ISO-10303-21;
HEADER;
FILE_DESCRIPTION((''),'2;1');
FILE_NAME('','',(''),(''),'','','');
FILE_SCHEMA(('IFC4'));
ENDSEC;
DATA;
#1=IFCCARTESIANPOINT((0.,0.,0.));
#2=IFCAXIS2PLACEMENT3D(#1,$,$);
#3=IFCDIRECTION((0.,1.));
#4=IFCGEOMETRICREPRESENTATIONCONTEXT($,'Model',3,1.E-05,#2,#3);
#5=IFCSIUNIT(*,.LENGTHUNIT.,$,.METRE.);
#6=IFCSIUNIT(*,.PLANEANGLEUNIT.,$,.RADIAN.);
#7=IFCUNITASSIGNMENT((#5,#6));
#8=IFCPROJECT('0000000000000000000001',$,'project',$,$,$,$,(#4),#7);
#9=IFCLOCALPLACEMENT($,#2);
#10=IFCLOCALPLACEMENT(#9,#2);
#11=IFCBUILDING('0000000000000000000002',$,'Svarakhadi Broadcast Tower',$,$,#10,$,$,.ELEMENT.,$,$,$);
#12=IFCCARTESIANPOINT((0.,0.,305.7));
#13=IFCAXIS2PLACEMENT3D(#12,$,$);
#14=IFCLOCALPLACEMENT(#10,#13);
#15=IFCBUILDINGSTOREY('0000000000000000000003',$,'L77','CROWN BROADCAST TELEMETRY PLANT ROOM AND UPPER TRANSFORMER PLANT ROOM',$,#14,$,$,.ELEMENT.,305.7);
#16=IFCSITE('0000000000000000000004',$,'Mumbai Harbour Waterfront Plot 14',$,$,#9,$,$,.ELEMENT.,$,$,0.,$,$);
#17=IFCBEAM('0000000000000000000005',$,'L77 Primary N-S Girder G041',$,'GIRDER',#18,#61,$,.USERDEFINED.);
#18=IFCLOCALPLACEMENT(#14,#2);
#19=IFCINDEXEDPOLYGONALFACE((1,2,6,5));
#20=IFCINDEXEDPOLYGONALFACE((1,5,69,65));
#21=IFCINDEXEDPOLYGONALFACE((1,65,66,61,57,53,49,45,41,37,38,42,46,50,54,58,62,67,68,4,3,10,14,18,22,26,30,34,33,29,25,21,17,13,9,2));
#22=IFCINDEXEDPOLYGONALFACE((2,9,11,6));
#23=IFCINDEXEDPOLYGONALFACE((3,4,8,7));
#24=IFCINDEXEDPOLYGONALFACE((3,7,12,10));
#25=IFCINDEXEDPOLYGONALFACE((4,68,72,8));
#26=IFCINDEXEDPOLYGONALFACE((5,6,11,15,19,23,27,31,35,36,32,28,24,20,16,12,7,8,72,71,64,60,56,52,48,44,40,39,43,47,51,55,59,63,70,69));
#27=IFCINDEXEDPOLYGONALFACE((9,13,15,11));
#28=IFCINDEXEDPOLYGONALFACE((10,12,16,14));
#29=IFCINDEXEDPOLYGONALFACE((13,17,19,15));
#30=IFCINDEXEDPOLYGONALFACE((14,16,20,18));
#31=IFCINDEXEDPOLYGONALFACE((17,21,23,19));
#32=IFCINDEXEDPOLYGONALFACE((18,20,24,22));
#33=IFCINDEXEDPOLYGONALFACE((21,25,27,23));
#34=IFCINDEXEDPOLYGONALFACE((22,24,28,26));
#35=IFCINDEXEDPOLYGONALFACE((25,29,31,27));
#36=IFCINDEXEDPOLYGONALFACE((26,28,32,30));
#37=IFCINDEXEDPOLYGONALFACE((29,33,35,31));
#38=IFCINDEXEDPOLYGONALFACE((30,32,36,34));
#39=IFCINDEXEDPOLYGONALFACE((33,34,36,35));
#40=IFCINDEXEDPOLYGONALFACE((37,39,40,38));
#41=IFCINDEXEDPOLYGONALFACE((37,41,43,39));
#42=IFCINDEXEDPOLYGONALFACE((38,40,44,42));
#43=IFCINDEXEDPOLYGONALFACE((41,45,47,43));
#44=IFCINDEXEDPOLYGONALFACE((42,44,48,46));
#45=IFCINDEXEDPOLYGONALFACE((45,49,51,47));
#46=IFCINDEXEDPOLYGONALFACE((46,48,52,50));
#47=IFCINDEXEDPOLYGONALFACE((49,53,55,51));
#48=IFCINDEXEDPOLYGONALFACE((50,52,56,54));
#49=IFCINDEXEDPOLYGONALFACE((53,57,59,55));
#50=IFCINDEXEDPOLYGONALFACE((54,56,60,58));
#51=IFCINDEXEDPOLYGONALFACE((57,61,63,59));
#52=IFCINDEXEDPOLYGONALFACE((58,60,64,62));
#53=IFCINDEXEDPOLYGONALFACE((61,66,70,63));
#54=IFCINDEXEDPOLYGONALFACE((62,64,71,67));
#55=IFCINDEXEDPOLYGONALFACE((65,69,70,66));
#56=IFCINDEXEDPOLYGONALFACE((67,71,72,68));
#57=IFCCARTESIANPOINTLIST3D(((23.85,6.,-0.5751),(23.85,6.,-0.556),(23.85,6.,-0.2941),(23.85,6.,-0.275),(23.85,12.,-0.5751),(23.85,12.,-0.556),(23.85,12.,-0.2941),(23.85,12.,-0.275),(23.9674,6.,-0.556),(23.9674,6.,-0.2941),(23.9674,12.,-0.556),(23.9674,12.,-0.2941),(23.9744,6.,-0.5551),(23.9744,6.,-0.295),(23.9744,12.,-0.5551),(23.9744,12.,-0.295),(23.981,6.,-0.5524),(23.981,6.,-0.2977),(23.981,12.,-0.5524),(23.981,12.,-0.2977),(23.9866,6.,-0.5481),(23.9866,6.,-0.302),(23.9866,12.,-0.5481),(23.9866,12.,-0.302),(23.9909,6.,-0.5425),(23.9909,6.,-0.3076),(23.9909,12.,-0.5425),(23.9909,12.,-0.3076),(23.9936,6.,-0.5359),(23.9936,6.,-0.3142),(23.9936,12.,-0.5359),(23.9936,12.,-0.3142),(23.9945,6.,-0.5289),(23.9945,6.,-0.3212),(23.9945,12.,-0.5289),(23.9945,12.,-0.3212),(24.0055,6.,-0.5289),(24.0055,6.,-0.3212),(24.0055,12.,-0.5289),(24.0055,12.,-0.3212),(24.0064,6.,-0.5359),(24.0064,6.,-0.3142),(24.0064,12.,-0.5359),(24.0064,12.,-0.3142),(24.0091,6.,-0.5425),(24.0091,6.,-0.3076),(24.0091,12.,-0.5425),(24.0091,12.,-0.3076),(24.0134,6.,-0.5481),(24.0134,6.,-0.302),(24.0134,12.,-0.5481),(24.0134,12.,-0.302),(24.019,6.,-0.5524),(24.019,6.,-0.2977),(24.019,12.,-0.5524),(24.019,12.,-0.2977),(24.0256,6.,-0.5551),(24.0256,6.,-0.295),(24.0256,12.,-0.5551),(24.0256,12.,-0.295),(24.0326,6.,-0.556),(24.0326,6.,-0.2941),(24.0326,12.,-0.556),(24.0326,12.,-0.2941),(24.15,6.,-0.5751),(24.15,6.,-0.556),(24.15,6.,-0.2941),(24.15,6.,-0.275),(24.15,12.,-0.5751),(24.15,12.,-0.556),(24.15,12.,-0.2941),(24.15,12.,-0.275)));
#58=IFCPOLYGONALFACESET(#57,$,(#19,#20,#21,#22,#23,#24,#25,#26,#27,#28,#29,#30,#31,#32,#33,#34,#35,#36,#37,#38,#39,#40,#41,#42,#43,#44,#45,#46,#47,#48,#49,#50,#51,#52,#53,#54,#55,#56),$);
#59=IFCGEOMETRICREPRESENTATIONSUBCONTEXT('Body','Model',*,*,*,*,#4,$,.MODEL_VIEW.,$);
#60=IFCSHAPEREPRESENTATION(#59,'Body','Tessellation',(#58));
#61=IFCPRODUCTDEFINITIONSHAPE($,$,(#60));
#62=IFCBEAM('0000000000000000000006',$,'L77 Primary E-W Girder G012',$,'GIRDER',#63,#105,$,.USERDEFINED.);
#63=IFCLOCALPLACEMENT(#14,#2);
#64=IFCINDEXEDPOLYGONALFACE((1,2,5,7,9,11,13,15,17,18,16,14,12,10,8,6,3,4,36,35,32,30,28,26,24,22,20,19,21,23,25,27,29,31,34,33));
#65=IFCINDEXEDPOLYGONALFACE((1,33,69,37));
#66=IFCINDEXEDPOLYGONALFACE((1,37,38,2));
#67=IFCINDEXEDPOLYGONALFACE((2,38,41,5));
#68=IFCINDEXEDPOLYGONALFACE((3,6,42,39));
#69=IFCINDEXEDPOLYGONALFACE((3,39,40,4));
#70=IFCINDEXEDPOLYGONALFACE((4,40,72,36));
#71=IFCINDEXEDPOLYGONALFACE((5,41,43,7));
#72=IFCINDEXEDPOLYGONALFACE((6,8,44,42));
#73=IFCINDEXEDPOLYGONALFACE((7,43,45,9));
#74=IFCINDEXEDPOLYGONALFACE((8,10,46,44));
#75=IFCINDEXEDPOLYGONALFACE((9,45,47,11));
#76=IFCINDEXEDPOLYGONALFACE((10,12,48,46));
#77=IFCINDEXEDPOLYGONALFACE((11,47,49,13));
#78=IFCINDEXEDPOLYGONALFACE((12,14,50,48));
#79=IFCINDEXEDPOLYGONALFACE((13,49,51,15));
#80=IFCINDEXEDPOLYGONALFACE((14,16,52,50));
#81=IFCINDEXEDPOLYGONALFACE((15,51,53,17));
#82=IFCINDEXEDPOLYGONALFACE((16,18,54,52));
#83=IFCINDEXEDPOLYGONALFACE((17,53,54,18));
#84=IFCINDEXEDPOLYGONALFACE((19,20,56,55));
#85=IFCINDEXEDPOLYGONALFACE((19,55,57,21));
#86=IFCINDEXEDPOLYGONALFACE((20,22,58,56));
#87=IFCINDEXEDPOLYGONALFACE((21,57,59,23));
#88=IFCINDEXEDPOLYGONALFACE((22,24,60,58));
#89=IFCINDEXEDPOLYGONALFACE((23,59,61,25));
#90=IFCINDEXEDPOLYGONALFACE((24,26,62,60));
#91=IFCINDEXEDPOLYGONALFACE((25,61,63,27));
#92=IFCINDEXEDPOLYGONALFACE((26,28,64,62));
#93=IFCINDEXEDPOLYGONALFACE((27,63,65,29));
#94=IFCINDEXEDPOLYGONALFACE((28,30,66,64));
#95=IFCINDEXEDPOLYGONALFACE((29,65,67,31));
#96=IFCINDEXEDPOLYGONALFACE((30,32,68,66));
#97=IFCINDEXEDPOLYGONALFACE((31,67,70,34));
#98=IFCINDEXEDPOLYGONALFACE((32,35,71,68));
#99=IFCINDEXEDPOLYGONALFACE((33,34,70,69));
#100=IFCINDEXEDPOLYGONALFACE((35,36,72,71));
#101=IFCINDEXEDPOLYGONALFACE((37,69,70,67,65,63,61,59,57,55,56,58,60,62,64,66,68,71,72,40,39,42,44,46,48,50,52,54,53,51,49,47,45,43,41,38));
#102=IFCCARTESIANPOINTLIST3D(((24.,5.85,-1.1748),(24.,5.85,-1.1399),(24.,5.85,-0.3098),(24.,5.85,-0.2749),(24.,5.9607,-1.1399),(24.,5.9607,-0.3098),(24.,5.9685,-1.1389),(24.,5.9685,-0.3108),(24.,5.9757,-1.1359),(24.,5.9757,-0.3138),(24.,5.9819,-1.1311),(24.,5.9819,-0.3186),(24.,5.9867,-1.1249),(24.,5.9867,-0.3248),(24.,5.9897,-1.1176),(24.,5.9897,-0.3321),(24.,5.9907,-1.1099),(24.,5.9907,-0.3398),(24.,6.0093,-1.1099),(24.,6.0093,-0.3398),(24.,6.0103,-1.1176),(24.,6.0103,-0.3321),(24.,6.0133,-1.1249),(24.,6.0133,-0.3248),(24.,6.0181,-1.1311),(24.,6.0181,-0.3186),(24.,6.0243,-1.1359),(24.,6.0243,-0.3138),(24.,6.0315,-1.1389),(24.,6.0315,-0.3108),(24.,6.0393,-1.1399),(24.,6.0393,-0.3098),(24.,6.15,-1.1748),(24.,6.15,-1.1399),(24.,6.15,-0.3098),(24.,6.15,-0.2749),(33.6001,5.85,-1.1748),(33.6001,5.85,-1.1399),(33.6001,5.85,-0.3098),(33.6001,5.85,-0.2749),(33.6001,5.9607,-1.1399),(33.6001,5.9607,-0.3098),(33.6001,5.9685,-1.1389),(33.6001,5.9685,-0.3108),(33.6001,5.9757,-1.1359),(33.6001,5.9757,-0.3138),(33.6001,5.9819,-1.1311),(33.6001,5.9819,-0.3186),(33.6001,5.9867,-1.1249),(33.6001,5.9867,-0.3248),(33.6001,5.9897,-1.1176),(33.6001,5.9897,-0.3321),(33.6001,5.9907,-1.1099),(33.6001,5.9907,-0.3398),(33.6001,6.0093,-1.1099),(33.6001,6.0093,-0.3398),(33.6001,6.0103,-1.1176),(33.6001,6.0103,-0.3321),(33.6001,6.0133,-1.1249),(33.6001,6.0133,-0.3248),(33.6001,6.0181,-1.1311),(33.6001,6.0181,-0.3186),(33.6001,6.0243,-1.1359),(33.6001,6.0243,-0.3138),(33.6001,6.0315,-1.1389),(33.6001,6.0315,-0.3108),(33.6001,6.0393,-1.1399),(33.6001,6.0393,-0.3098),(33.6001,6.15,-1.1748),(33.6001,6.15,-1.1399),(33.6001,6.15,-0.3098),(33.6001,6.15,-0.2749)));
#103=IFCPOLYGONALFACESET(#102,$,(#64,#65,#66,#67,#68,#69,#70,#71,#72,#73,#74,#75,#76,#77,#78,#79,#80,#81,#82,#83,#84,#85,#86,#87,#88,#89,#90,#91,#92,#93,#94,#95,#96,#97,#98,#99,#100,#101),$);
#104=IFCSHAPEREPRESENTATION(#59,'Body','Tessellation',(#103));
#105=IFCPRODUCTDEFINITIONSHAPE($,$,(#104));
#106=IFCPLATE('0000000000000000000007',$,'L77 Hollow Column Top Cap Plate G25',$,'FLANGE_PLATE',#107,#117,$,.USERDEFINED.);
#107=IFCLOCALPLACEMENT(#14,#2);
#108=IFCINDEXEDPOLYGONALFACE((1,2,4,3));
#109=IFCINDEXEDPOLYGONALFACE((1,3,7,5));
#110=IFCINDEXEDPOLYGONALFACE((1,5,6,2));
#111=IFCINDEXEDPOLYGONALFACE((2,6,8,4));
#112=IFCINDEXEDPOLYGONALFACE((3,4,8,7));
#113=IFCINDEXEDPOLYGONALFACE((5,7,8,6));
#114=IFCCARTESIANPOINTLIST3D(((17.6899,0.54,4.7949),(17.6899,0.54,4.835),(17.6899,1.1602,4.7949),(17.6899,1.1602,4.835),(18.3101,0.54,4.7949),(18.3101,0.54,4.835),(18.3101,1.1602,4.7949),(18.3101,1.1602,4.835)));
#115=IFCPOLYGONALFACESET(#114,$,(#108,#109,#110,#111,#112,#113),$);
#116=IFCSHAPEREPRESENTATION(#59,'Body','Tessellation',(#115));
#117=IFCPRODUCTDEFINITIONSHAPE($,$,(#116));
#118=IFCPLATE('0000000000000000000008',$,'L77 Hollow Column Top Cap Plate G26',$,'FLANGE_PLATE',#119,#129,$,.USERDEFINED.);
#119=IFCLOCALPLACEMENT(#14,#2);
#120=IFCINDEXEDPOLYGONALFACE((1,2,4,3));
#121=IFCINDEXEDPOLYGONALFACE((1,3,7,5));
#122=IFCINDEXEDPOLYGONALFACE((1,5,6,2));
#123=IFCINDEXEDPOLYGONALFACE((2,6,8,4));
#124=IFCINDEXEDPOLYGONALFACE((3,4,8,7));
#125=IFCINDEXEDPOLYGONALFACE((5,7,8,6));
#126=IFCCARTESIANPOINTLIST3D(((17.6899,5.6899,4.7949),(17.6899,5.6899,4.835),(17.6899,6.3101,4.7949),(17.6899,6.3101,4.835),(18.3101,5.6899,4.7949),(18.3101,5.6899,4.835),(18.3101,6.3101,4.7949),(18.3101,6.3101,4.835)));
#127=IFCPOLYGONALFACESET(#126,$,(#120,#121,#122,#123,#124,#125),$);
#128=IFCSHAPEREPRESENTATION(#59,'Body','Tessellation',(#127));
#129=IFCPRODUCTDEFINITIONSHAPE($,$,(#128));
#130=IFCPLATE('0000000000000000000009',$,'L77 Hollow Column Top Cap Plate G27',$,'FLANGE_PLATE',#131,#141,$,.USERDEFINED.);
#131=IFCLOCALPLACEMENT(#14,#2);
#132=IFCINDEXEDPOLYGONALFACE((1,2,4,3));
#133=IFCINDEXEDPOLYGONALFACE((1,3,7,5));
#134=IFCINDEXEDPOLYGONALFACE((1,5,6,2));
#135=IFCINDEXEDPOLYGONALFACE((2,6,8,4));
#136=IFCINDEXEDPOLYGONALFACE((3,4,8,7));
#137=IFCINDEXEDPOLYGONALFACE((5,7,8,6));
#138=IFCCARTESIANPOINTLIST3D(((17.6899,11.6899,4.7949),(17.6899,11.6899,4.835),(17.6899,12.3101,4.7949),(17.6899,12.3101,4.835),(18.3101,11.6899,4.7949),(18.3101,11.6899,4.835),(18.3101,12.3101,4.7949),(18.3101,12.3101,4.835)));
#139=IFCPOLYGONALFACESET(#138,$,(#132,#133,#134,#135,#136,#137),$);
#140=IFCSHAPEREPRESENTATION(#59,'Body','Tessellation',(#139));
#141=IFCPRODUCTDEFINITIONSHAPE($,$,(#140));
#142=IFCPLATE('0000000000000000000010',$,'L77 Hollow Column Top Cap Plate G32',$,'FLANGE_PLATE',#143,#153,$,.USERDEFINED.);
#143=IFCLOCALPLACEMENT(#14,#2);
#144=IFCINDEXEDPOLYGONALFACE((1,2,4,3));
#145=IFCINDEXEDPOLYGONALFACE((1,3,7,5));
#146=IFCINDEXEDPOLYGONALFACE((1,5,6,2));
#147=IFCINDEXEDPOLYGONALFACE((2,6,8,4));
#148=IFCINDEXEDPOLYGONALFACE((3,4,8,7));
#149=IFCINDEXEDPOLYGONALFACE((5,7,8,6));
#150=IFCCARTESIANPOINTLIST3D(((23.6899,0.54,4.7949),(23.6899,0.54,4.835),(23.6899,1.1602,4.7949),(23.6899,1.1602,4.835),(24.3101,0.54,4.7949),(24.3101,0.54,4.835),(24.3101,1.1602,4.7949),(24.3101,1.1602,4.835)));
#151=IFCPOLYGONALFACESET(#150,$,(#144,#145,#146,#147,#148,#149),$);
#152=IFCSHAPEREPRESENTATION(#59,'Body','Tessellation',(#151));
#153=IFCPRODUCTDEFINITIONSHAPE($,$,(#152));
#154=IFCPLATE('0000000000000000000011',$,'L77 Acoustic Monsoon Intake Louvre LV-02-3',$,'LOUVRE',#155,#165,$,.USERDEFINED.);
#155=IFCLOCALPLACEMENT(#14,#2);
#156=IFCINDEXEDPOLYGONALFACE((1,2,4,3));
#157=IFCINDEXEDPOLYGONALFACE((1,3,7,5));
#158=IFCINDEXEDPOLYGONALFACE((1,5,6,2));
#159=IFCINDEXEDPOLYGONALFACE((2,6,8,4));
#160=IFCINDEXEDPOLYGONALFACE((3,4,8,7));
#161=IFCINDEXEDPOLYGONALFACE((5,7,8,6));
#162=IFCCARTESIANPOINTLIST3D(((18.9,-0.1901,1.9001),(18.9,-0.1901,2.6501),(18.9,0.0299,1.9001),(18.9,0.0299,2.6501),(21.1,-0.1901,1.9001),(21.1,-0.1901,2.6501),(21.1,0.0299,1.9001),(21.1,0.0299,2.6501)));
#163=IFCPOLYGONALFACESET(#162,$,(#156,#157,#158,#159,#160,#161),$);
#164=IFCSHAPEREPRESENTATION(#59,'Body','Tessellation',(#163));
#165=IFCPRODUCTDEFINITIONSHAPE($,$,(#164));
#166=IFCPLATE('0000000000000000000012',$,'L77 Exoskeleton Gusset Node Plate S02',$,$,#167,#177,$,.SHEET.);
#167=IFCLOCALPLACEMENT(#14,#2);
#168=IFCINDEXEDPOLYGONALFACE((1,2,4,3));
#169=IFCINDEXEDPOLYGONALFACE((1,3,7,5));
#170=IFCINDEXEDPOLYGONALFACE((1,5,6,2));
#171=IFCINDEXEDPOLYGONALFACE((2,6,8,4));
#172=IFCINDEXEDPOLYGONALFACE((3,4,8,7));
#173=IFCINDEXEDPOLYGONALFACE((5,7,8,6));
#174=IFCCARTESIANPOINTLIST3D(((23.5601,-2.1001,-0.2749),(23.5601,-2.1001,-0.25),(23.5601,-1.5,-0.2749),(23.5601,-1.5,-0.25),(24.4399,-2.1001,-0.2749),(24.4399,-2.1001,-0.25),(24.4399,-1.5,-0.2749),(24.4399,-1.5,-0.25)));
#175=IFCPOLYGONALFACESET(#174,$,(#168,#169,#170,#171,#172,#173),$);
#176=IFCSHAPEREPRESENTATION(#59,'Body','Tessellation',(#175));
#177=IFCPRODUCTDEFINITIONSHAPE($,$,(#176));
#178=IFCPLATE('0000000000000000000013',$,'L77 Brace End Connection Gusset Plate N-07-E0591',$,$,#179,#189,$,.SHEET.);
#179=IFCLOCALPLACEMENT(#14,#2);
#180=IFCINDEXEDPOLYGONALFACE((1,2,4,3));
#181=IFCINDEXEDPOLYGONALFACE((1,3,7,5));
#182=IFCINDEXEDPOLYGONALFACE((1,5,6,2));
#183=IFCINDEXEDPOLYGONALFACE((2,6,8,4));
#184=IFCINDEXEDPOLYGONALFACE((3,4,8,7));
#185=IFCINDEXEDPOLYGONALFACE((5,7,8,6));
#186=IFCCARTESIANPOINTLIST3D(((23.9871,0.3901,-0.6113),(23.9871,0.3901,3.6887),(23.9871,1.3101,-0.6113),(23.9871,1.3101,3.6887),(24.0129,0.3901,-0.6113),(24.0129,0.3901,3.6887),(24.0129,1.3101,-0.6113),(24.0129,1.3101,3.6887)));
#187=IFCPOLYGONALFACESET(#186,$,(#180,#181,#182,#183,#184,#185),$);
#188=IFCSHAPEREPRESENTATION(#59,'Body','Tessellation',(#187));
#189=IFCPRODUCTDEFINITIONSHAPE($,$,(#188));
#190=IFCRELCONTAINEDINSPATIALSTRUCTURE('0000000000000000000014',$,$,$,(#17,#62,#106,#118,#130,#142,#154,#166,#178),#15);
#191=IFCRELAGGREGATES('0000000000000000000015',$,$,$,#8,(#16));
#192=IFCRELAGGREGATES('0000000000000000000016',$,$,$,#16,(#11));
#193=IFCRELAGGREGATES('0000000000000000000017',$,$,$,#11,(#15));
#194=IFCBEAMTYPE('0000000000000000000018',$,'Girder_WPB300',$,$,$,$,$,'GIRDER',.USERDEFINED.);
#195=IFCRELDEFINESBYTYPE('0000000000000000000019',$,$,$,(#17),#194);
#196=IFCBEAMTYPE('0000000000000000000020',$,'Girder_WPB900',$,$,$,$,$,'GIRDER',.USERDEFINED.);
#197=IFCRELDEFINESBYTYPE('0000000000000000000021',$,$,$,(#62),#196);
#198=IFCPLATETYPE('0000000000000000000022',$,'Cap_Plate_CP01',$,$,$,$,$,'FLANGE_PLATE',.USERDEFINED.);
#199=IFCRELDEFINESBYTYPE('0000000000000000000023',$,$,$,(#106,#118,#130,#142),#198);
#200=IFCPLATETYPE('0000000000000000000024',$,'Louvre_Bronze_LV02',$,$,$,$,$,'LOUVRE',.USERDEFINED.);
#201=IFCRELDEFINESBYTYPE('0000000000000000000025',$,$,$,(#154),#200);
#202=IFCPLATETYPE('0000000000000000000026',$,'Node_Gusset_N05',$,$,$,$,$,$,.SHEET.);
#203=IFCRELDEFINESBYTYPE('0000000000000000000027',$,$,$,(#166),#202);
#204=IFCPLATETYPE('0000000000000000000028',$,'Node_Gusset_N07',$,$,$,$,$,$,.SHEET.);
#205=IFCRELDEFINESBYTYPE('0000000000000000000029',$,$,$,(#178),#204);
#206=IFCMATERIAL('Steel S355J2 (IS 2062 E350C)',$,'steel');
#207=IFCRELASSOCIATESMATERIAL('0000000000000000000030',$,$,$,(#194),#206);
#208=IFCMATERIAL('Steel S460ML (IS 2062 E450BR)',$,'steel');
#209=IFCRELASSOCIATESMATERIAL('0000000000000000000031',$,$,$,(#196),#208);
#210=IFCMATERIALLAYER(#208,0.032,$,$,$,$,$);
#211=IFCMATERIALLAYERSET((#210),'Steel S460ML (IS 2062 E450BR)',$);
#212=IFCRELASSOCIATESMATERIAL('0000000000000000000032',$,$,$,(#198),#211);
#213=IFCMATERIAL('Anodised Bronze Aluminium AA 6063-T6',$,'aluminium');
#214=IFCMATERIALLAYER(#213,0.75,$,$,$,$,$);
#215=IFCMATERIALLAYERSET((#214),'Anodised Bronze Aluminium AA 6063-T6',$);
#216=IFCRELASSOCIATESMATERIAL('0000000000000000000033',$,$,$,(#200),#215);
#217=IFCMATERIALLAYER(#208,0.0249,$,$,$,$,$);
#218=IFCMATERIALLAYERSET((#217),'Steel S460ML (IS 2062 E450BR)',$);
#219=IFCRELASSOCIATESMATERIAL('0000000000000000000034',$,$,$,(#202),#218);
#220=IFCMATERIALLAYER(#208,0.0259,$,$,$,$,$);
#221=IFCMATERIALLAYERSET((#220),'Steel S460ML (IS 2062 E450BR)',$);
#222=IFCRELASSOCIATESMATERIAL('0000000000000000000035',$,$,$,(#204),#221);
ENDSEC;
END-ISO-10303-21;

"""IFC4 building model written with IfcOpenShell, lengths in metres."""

from ifc_helpers import new_model, si_unit, direction, frame, origin, origin_2d, place, context, subcontext, project, spatial, rectangle, i_section, extrude, material, layer, layer_set, material_profile, profile_set, type_object, element, save


model = new_model("IFC4")

# Units and contexts
model_context = context("Model", 3, precision=1e-05, world=origin(), true_north=direction((0.0, 1.0)))
body_context = subcontext(model_context, "Body", "Model", "MODEL_VIEW")
ifc_project = project(units=[si_unit("LENGTHUNIT", "METRE"), si_unit("PLANEANGLEUNIT", "RADIAN")], contexts=[model_context])

# Site, building, storey
site_placement = place(None, origin())
site = spatial("IfcSite", under=ifc_project, at=site_placement, Name="Mumbai Harbour Waterfront Plot 14", CompositionType="ELEMENT", RefElevation=0.0)
building_placement = place(site_placement, origin())
building = spatial("IfcBuilding", under=site, at=building_placement, Name="Svarakhadi Broadcast Tower", CompositionType="ELEMENT")
storey_placement = place(building_placement, frame((0.0, 0.0, 305.7)))
storey = spatial("IfcBuildingStorey", under=building, at=storey_placement, Name="L77", Description="CROWN BROADCAST TELEMETRY PLANT ROOM AND UPPER TRANSFORMER PLANT ROOM", CompositionType="ELEMENT", Elevation=305.7)

# Shared definitions
ifc_material_1 = material(Name="Steel S460ML (IS 2062 E450BR)", Category="steel")

# Shared definitions
ifc_material_2 = material(Name="Steel S355J2 (IS 2062 E350C)", Category="steel")

# Beams
ifc_material_profile_1 = material_profile(ifc_material_2, i_section(OverallWidth=0.3, OverallDepth=0.3, WebThickness=0.011, FlangeThickness=0.019, FilletRadius=0.0271, at=origin_2d()), Name="WPB 300x300x117")
ifc_profile_set_1 = profile_set([ifc_material_profile_1], Name="Steel S355J2 (IS 2062 E350C)")
beam_type_1 = type_object("IfcBeamType", Name="Girder_WPB300", ElementType="GIRDER", PredefinedType="USERDEFINED", material=ifc_profile_set_1)
beam_1_placement = place(storey_placement, frame((24.0, 6.0, -0.425), z_axis=(0.0, 1.0, 0.0), x_axis=(-1.0, 0.0, 0.0)))
element("IfcBeam", 1, at=beam_1_placement, inside=storey, type_object=beam_type_1, Name="L77 Primary N-S Girder G041", ObjectType="GIRDER", PredefinedType="USERDEFINED", context=body_context, shape_type="SweptSolid", body=[
    extrude(i_section(OverallWidth=0.3, OverallDepth=0.3, WebThickness=0.011, FlangeThickness=0.019, FilletRadius=0.0271, at=origin_2d()), origin(), (0.0, 0.0, 1.0), 6.0),
])
ifc_material_profile_2 = material_profile(ifc_material_1, i_section(OverallWidth=0.3, OverallDepth=0.8999, WebThickness=0.0186, FlangeThickness=0.0349, FilletRadius=0.03, at=origin_2d()), Name="WPB 900x300x291")
ifc_profile_set_2 = profile_set([ifc_material_profile_2], Name="Steel S460ML (IS 2062 E450BR)")
beam_type_2 = type_object("IfcBeamType", Name="Girder_WPB900", ElementType="GIRDER", PredefinedType="USERDEFINED", material=ifc_profile_set_2)
beam_2_placement = place(storey_placement, frame((24.0, 6.0, -0.7249), z_axis=(1.0, 0.0, 0.0), x_axis=(0.0, 1.0, 0.0)))
element("IfcBeam", 2, at=beam_2_placement, inside=storey, type_object=beam_type_2, Name="L77 Primary E-W Girder G012", ObjectType="GIRDER", PredefinedType="USERDEFINED", context=body_context, shape_type="SweptSolid", body=[
    extrude(i_section(OverallWidth=0.3, OverallDepth=0.8999, WebThickness=0.0186, FlangeThickness=0.0349, FilletRadius=0.03, at=origin_2d()), origin(), (0.0, 0.0, 1.0), 9.6001),
])

# Plates
ifc_layer_1 = layer(ifc_material_1, 0.032)
ifc_layer_set_1 = layer_set([ifc_layer_1], Name="Steel S460ML (IS 2062 E450BR)")
plate_type_1 = type_object("IfcPlateType", Name="Cap_Plate_CP01", ElementType="FLANGE_PLATE", PredefinedType="USERDEFINED", material=ifc_layer_set_1)
for number, where, z_axis, x_axis, name in (
    (3, (18.0, 0.8501, 4.7949), (0.0, 0.0, 1.0), (1.0, 0.0, 0.0), "L77 Hollow Column Top Cap Plate G25"),
    (4, (18.0, 6.0, 4.7949), (0.0, 0.0, 1.0), (1.0, 0.0, 0.0), "L77 Hollow Column Top Cap Plate G26"),
    (5, (18.0, 12.0, 4.7949), (0.0, 0.0, 1.0), (1.0, 0.0, 0.0), "L77 Hollow Column Top Cap Plate G27"),
    (6, (24.0, 0.8501, 4.7949), (0.0, 0.0, 1.0), (1.0, 0.0, 0.0), "L77 Hollow Column Top Cap Plate G32"),
):
    element("IfcPlate", number, at=place(storey_placement, frame(where, z_axis=z_axis, x_axis=x_axis)), inside=storey, type_object=plate_type_1, Name=name, ObjectType="FLANGE_PLATE", PredefinedType="USERDEFINED", context=body_context, shape_type="SweptSolid", body=[
        extrude(rectangle(XDim=0.6201, YDim=0.6201, at=origin_2d()), origin(), (0.0, 0.0, 1.0), 0.04),
    ])
ifc_material_3 = material(Name="Anodised Bronze Aluminium AA 6063-T6", Category="aluminium")
ifc_layer_2 = layer(ifc_material_3, 0.75)
ifc_layer_set_2 = layer_set([ifc_layer_2], Name="Anodised Bronze Aluminium AA 6063-T6")
plate_type_2 = type_object("IfcPlateType", Name="Louvre_Bronze_LV02", ElementType="LOUVRE", PredefinedType="USERDEFINED", material=ifc_layer_set_2)
plate_1_placement = place(storey_placement, frame((20.0, -0.0801, 1.9001), z_axis=(0.0, 0.0, 1.0), x_axis=(1.0, 0.0, 0.0)))
element("IfcPlate", 7, at=plate_1_placement, inside=storey, type_object=plate_type_2, Name="L77 Acoustic Monsoon Intake Louvre LV-02-3", ObjectType="LOUVRE", PredefinedType="USERDEFINED", context=body_context, shape_type="SweptSolid", body=[
    extrude(rectangle(XDim=2.2, YDim=0.22, at=origin_2d()), origin(), (0.0, 0.0, 1.0), 0.75),
])
ifc_layer_3 = layer(ifc_material_1, 0.0249)
ifc_layer_set_3 = layer_set([ifc_layer_3], Name="Steel S460ML (IS 2062 E450BR)")
plate_type_3 = type_object("IfcPlateType", Name="Node_Gusset_N05", PredefinedType="SHEET", material=ifc_layer_set_3)
plate_2_placement = place(storey_placement, frame((24.0, -1.8, -0.2749), z_axis=(0.0, 0.0, 1.0), x_axis=(1.0, 0.0, 0.0)))
element("IfcPlate", 8, at=plate_2_placement, inside=storey, type_object=plate_type_3, Name="L77 Exoskeleton Gusset Node Plate S02", PredefinedType="SHEET", context=body_context, shape_type="SweptSolid", body=[
    extrude(rectangle(XDim=0.8799, YDim=0.6001, at=origin_2d()), origin(), (0.0, 0.0, 1.0), 0.0249),
])
ifc_layer_4 = layer(ifc_material_1, 0.0259)
ifc_layer_set_4 = layer_set([ifc_layer_4], Name="Steel S460ML (IS 2062 E450BR)")
plate_type_4 = type_object("IfcPlateType", Name="Node_Gusset_N07", PredefinedType="SHEET", material=ifc_layer_set_4)
plate_3_placement = place(storey_placement, frame((24.0, 0.8501, -0.6113), z_axis=(0.0, 0.0, 1.0), x_axis=(0.0, 1.0, 0.0)))
element("IfcPlate", 9, at=plate_3_placement, inside=storey, type_object=plate_type_4, Name="L77 Brace End Connection Gusset Plate N-07-E0591", PredefinedType="SHEET", context=body_context, shape_type="SweptSolid", body=[
    extrude(rectangle(XDim=0.9199, YDim=0.0259, at=origin_2d()), origin(), (0.0, 0.0, 1.0), 4.3),
])

save(model, "model.ifc")
